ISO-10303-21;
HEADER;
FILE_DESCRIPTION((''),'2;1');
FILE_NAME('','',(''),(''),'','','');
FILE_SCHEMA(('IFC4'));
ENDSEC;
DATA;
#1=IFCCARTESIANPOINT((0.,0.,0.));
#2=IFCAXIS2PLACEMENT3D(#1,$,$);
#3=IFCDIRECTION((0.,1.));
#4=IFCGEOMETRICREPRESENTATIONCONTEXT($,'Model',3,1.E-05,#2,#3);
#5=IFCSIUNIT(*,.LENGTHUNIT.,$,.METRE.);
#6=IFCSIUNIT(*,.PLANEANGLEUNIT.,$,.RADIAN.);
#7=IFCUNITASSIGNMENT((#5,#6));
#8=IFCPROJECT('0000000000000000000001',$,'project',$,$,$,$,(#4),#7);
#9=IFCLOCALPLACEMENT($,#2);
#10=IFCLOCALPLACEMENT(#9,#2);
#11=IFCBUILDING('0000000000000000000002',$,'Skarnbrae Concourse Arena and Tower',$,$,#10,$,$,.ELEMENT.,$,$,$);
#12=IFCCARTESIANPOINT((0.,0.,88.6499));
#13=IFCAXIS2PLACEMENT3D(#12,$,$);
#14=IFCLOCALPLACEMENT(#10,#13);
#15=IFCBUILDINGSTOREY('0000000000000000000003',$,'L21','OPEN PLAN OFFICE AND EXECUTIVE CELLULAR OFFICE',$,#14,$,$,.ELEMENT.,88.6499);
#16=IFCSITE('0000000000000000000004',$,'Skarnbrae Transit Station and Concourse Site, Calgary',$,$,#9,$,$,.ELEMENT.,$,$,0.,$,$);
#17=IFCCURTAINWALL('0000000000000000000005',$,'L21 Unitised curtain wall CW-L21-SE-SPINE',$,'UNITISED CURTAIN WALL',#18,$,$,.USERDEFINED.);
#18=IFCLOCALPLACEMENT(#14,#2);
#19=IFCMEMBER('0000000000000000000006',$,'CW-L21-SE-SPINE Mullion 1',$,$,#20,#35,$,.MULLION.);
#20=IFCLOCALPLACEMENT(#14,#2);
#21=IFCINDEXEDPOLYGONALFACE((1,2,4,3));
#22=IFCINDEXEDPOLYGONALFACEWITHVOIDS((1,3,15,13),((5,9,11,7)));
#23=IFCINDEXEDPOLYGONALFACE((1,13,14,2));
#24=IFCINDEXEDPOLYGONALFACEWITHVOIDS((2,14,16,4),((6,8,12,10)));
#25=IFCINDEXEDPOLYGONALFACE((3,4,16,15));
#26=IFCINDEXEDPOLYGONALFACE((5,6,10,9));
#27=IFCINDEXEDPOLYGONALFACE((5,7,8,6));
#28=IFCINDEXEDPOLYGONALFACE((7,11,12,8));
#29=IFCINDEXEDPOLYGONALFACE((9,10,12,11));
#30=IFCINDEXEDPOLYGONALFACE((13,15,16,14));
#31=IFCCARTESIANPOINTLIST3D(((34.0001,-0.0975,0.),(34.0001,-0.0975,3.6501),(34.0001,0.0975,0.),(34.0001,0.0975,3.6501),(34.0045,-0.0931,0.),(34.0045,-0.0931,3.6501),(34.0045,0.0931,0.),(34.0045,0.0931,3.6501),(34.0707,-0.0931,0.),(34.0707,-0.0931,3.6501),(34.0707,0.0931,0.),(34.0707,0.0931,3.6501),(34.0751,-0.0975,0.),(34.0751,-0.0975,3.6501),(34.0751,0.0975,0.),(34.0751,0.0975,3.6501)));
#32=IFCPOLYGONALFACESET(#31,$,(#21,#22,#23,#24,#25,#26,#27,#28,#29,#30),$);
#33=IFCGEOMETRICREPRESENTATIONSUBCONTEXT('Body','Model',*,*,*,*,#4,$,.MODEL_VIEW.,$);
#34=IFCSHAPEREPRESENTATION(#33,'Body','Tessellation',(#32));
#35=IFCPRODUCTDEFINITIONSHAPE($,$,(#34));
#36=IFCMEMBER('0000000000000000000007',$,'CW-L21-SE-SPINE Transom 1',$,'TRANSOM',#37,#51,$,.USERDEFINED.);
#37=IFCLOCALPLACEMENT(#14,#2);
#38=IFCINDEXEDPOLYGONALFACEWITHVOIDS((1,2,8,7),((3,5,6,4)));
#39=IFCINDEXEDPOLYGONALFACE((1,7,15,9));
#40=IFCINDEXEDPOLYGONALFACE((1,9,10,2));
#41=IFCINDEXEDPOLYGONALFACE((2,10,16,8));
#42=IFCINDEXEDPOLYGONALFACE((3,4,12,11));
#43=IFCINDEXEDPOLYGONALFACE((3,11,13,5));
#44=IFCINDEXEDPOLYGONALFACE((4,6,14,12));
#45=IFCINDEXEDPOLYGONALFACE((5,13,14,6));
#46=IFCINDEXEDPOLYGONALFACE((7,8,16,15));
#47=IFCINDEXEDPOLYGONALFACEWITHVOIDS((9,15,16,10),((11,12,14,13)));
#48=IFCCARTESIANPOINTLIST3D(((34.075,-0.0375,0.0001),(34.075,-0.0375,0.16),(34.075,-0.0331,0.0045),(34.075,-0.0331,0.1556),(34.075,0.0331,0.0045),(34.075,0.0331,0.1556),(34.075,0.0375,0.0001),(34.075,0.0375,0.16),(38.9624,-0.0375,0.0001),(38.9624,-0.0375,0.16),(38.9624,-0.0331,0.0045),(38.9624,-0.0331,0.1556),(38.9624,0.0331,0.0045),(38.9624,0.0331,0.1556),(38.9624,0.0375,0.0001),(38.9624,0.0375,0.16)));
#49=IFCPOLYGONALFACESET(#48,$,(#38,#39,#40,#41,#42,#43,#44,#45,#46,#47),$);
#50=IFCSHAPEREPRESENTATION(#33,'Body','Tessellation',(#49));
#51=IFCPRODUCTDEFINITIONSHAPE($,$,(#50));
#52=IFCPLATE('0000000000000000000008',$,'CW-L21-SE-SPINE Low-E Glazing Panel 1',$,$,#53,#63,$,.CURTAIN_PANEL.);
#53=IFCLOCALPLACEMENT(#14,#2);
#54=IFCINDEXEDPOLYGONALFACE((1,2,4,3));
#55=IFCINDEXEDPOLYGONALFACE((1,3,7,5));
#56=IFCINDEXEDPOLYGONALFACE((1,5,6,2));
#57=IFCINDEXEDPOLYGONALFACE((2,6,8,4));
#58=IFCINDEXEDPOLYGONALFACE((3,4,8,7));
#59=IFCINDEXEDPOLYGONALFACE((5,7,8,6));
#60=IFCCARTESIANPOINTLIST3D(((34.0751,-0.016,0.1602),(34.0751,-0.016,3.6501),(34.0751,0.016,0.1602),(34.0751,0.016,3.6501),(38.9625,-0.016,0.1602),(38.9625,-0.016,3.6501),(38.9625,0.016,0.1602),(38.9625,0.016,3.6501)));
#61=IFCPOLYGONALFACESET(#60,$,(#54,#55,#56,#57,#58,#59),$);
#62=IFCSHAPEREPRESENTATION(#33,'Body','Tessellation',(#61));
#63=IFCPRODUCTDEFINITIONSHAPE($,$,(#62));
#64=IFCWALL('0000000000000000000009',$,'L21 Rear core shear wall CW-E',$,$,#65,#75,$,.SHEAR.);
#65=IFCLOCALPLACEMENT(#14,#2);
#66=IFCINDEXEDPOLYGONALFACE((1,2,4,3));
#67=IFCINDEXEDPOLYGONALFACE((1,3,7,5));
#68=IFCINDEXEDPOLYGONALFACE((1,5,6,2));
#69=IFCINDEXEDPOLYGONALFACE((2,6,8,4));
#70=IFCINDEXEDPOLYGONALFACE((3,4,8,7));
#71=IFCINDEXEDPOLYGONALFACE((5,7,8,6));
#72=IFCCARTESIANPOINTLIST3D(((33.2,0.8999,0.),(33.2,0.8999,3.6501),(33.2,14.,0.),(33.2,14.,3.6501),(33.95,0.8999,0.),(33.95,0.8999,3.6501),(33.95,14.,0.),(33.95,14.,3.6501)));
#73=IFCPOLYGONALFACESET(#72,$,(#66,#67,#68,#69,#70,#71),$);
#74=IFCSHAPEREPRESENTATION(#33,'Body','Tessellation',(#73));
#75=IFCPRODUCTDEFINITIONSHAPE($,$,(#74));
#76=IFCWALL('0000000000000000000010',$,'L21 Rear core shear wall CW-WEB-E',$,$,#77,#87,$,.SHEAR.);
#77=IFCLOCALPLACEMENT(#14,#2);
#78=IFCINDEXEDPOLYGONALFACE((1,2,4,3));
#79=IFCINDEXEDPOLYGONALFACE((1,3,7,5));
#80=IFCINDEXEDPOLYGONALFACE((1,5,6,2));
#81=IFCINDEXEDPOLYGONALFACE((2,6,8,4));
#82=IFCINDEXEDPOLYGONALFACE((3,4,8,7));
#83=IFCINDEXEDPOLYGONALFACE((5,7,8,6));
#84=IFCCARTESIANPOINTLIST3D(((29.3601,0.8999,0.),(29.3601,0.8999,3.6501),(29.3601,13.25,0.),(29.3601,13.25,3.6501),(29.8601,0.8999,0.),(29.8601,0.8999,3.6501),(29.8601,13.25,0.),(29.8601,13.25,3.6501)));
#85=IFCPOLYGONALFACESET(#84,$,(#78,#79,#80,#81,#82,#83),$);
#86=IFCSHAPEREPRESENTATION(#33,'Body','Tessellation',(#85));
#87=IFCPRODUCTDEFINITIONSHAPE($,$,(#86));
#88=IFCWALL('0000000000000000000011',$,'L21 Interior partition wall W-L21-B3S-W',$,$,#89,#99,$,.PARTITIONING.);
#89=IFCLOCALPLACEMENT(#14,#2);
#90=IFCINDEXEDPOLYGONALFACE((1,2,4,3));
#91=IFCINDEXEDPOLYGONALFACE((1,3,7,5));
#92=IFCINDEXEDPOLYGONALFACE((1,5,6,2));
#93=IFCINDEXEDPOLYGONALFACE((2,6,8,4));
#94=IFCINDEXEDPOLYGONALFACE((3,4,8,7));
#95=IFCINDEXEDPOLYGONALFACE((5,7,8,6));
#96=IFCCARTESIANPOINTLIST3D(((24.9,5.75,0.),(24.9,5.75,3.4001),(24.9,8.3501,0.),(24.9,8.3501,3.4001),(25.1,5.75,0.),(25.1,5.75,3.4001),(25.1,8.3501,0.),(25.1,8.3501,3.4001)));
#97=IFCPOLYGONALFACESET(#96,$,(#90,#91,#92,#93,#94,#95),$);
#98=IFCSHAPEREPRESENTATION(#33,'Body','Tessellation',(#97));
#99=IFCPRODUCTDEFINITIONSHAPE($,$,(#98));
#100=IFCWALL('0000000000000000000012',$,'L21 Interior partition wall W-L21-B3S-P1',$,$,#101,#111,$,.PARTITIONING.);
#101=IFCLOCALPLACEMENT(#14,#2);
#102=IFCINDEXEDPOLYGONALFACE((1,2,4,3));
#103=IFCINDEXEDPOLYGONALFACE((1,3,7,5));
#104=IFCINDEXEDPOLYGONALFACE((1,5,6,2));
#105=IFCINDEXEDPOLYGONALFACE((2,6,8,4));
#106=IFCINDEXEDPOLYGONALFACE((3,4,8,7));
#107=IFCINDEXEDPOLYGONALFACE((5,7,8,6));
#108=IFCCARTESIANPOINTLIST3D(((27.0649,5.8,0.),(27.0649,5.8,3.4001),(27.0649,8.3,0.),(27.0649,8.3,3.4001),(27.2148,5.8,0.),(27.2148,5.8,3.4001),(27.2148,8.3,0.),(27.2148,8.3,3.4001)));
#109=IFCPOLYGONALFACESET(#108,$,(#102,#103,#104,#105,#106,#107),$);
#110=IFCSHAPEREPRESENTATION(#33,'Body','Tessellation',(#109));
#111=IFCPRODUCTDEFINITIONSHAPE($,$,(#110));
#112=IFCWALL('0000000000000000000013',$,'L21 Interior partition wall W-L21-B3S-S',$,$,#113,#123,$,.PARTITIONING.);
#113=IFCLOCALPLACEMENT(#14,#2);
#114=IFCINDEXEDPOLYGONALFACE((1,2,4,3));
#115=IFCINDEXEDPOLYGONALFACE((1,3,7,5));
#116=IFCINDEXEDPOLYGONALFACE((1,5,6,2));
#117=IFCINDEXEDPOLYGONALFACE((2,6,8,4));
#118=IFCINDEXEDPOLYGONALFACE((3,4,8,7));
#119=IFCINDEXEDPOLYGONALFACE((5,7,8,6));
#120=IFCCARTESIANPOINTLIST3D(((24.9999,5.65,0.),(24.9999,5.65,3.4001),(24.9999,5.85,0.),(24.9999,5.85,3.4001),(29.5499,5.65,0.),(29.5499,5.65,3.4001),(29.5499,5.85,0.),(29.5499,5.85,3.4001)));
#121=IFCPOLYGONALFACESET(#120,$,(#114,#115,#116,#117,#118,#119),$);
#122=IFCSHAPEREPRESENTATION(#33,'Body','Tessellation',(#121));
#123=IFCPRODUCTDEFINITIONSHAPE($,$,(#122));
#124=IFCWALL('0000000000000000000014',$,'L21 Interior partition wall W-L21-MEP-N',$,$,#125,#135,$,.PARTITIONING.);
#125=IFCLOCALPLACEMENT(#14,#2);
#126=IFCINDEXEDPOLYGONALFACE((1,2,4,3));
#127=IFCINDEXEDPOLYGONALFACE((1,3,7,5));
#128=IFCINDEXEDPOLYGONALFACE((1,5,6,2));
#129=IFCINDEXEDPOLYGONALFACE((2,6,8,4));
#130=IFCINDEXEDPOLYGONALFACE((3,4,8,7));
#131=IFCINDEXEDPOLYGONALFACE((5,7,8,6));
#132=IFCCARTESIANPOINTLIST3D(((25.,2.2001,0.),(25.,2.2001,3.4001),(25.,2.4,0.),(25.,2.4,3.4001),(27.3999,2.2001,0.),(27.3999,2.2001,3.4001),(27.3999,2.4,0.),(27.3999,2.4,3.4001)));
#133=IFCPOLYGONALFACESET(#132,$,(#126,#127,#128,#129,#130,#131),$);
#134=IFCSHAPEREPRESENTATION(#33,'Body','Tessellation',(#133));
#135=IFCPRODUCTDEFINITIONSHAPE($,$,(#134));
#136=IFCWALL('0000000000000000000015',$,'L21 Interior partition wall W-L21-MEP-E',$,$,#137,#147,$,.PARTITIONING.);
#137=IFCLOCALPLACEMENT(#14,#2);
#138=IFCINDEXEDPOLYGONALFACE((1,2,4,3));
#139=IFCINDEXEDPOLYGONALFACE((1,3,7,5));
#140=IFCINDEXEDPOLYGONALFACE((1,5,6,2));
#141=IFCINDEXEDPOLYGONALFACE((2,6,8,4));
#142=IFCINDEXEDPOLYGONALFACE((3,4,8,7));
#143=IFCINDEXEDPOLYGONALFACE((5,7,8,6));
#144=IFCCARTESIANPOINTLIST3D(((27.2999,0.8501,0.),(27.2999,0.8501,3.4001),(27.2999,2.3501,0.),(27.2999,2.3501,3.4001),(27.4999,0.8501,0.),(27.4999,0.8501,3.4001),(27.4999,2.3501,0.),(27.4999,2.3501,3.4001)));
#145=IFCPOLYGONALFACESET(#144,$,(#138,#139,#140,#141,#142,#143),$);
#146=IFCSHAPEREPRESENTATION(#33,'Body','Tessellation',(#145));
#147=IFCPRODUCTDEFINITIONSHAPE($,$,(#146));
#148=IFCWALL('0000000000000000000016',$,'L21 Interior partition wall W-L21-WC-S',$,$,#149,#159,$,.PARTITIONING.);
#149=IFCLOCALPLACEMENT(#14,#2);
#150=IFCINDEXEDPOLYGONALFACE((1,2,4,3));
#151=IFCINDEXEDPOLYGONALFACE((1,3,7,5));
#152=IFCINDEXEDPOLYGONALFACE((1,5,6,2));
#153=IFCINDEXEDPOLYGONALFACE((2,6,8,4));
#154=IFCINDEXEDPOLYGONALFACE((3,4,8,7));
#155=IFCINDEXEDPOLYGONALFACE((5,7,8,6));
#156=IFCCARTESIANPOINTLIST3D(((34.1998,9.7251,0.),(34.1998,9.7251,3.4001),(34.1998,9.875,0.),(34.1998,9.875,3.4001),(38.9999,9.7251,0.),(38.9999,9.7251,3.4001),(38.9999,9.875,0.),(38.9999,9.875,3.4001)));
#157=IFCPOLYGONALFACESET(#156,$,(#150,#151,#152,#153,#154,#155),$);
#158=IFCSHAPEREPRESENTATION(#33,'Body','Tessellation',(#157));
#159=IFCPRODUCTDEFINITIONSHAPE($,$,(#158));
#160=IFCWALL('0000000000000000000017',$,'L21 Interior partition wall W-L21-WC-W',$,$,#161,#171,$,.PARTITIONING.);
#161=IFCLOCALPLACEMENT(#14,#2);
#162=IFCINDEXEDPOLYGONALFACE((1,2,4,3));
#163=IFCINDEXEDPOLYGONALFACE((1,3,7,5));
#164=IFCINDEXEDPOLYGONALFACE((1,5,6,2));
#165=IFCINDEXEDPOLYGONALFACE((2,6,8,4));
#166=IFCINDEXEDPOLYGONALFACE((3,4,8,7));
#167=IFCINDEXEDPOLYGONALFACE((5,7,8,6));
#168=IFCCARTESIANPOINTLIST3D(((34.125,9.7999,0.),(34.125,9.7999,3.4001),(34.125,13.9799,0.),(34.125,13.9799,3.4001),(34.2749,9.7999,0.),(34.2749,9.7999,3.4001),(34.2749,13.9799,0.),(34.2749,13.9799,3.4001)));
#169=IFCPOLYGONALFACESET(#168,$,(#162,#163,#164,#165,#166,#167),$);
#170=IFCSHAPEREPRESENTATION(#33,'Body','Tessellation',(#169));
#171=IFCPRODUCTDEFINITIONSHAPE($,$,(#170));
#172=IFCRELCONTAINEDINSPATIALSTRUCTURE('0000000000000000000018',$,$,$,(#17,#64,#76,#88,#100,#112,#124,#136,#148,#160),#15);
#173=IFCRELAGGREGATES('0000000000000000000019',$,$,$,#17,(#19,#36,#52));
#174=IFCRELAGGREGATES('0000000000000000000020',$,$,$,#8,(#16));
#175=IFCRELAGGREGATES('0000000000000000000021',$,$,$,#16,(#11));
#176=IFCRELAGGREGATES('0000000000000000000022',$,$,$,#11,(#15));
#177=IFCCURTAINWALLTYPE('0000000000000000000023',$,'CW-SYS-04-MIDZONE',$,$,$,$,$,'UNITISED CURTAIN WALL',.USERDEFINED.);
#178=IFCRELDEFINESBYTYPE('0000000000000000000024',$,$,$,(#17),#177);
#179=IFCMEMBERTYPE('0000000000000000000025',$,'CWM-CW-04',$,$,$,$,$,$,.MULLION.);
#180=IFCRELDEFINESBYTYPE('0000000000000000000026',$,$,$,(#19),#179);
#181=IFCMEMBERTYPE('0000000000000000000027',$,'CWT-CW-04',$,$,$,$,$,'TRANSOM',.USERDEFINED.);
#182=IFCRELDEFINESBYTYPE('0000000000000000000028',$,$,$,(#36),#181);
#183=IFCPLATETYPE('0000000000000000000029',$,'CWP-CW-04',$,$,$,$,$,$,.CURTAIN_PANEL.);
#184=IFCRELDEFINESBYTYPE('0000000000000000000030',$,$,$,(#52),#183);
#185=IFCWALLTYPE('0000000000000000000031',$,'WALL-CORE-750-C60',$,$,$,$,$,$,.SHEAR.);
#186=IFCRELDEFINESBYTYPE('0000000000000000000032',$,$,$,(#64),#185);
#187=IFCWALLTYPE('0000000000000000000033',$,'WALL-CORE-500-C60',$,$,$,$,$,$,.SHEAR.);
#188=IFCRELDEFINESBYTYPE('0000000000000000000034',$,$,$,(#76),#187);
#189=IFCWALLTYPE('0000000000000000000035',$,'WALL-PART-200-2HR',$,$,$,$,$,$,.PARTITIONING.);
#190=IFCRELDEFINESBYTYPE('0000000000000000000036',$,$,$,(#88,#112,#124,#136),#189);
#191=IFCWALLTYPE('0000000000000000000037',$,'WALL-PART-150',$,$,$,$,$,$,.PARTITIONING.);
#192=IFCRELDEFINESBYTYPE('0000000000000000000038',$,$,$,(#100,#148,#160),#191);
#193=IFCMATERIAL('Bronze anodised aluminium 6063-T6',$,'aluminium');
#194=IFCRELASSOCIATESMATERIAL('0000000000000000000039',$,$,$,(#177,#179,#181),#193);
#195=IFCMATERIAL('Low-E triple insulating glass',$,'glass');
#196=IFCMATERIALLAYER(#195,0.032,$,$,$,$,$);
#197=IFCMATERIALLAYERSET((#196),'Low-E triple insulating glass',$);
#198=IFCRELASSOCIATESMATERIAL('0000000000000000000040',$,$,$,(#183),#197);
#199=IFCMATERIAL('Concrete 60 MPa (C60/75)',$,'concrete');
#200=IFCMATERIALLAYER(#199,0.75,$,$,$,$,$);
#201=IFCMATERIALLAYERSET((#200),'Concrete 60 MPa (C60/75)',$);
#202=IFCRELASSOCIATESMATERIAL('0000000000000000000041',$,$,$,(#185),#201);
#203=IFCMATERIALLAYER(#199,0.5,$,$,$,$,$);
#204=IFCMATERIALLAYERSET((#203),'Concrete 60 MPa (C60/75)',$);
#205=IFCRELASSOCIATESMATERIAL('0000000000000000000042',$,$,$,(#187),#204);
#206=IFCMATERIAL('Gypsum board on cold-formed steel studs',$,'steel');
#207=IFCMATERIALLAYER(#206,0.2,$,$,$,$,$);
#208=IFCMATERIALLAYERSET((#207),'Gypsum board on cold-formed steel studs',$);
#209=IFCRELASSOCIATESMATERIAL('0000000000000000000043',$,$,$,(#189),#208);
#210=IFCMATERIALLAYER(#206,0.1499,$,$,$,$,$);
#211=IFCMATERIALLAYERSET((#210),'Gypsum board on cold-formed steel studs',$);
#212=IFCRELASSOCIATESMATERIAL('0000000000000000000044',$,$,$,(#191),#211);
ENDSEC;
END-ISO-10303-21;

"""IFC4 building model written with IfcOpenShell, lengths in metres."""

from ifc_helpers import new_model, si_unit, direction, frame, frame_2d, origin, origin_2d, place, context, subcontext, project, spatial, rectangle, hollow_rectangle, extrude, source, transform, mapped, material, layer, layer_set, material_profile, profile_set, type_object, element, aggregate, save


model = new_model("IFC4")

# Units and contexts
model_context = context("Model", 3, precision=1e-05, world=origin(), true_north=direction((0.0, 1.0)))
body_context = subcontext(model_context, "Body", "Model", "MODEL_VIEW")
ifc_project = project(units=[si_unit("LENGTHUNIT", "METRE"), si_unit("PLANEANGLEUNIT", "RADIAN")], contexts=[model_context])

# Site, building, storey
site_placement = place(None, origin())
site = spatial("IfcSite", under=ifc_project, at=site_placement, Name="Skarnbrae Transit Station and Concourse Site, Calgary", CompositionType="ELEMENT", RefElevation=0.0)
building_placement = place(site_placement, origin())
building = spatial("IfcBuilding", under=site, at=building_placement, Name="Skarnbrae Concourse Arena and Tower", CompositionType="ELEMENT")
storey_placement = place(building_placement, frame((0.0, 0.0, 88.6499)))
storey = spatial("IfcBuildingStorey", under=building, at=storey_placement, Name="L21", Description="OPEN PLAN OFFICE AND EXECUTIVE CELLULAR OFFICE", CompositionType="ELEMENT", Elevation=88.6499)

# Curtain wall, members, plate
ifc_material_1 = material(Name="Bronze anodised aluminium 6063-T6", Category="aluminium")
curtain_wall_type = type_object("IfcCurtainWallType", Name="CW-SYS-04-MIDZONE", ElementType="UNITISED CURTAIN WALL", PredefinedType="USERDEFINED", material=ifc_material_1)
curtain_wall_placement = place(storey_placement, origin())
curtain_wall = element("IfcCurtainWall", 1, at=curtain_wall_placement, inside=storey, type_object=curtain_wall_type, Name="L21 Unitised curtain wall CW-L21-SE-SPINE", ObjectType="UNITISED CURTAIN WALL", PredefinedType="USERDEFINED")
ifc_material_profile_1 = material_profile(ifc_material_1, hollow_rectangle(XDim=0.075, YDim=0.1951, WallThickness=0.0044, at=origin_2d()), Name="ALU-MULL-75X195")
ifc_profile_set_1 = profile_set([ifc_material_profile_1], Name="Bronze anodised aluminium 6063-T6")
member_type_1 = type_object("IfcMemberType", Name="CWM-CW-04", PredefinedType="MULLION", material=ifc_profile_set_1)
shared_shape_1 = source(origin(), body_context, "Body", "SweptSolid", [
    extrude(hollow_rectangle(XDim=0.075, YDim=0.1951, WallThickness=0.0044, at=origin_2d()), origin(), (0.0, 0.0, 1.0), 3.6501),
])
member_1_placement = place(storey_placement, frame((34.0376, 0.0, 0.0), z_axis=(0.0, 0.0, 1.0), x_axis=(1.0, 0.0, 0.0)))
member_1 = element("IfcMember", 2, at=member_1_placement, type_object=member_type_1, Name="CW-L21-SE-SPINE Mullion 1", PredefinedType="MULLION", context=body_context, shape_type="MappedRepresentation", body=[
    mapped(shared_shape_1, transform((0.0, 0.0, 0.0))),
])
ifc_material_profile_2 = material_profile(ifc_material_1, hollow_rectangle(XDim=0.075, YDim=0.1599, WallThickness=0.0044, at=origin_2d()), Name="ALU-TRAN-75X160")
ifc_profile_set_2 = profile_set([ifc_material_profile_2], Name="Bronze anodised aluminium 6063-T6")
member_type_2 = type_object("IfcMemberType", Name="CWT-CW-04", ElementType="TRANSOM", PredefinedType="USERDEFINED", material=ifc_profile_set_2)
shared_shape_2 = source(origin(), body_context, "Body", "SweptSolid", [
    extrude(hollow_rectangle(XDim=0.075, YDim=0.1599, WallThickness=0.0044, at=origin_2d()), origin(), (0.0, 0.0, 1.0), 4.8875),
])
member_2_placement = place(storey_placement, frame((34.075, 0.0, 0.0801), z_axis=(1.0, 0.0, 0.0), x_axis=(0.0, 1.0, 0.0)))
member_2 = element("IfcMember", 3, at=member_2_placement, type_object=member_type_2, Name="CW-L21-SE-SPINE Transom 1", ObjectType="TRANSOM", PredefinedType="USERDEFINED", context=body_context, shape_type="MappedRepresentation", body=[
    mapped(shared_shape_2, transform((0.0, 0.0, 0.0))),
])
ifc_material_2 = material(Name="Low-E triple insulating glass", Category="glass")
ifc_layer_1 = layer(ifc_material_2, 0.032)
ifc_layer_set_1 = layer_set([ifc_layer_1], Name="Low-E triple insulating glass")
plate_type = type_object("IfcPlateType", Name="CWP-CW-04", PredefinedType="CURTAIN_PANEL", material=ifc_layer_set_1)
shared_shape_3 = source(origin(), body_context, "Body", "SweptSolid", [
    extrude(rectangle(XDim=4.8875, YDim=0.032, at=origin_2d()), origin(), (0.0, 0.0, 1.0), 3.49),
])
plate_placement = place(storey_placement, frame((36.5188, 0.0, 0.1602), z_axis=(0.0, 0.0, 1.0), x_axis=(1.0, 0.0, 0.0)))
plate = element("IfcPlate", 4, at=plate_placement, type_object=plate_type, Name="CW-L21-SE-SPINE Low-E Glazing Panel 1", PredefinedType="CURTAIN_PANEL", context=body_context, shape_type="MappedRepresentation", body=[
    mapped(shared_shape_3, transform((0.0, 0.0, 0.0))),
])
aggregate(curtain_wall, [member_1, member_2, plate])

# Walls
ifc_material_3 = material(Name="Concrete 60 MPa (C60/75)", Category="concrete")
ifc_layer_2 = layer(ifc_material_3, 0.75)
ifc_layer_set_2 = layer_set([ifc_layer_2], Name="Concrete 60 MPa (C60/75)")
wall_type_1 = type_object("IfcWallType", Name="WALL-CORE-750-C60", PredefinedType="SHEAR", material=ifc_layer_set_2)
shared_shape_4 = source(origin(), body_context, "Body", "SweptSolid", [
    extrude(rectangle(XDim=13.1001, YDim=0.75, at=frame_2d((6.55, 0.0))), origin(), (0.0, 0.0, 1.0), 3.6501),
])
wall_1_placement = place(storey_placement, frame((33.575, 0.8999, 0.0), z_axis=(0.0, 0.0, 1.0), x_axis=(0.0, 1.0, 0.0)))
element("IfcWall", 5, at=wall_1_placement, inside=storey, type_object=wall_type_1, Name="L21 Rear core shear wall CW-E", PredefinedType="SHEAR", context=body_context, shape_type="MappedRepresentation", body=[
    mapped(shared_shape_4, transform((0.0, 0.0, 0.0))),
])
ifc_layer_3 = layer(ifc_material_3, 0.5)
ifc_layer_set_3 = layer_set([ifc_layer_3], Name="Concrete 60 MPa (C60/75)")
wall_type_2 = type_object("IfcWallType", Name="WALL-CORE-500-C60", PredefinedType="SHEAR", material=ifc_layer_set_3)
shared_shape_5 = source(origin(), body_context, "Body", "SweptSolid", [
    extrude(rectangle(XDim=12.3501, YDim=0.5, at=frame_2d((6.175, 0.0))), origin(), (0.0, 0.0, 1.0), 3.6501),
])
wall_2_placement = place(storey_placement, frame((29.6101, 0.8999, 0.0), z_axis=(0.0, 0.0, 1.0), x_axis=(0.0, 1.0, 0.0)))
element("IfcWall", 6, at=wall_2_placement, inside=storey, type_object=wall_type_2, Name="L21 Rear core shear wall CW-WEB-E", PredefinedType="SHEAR", context=body_context, shape_type="MappedRepresentation", body=[
    mapped(shared_shape_5, transform((0.0, 0.0, 0.0))),
])
ifc_material_4 = material(Name="Gypsum board on cold-formed steel studs", Category="steel")
ifc_layer_4 = layer(ifc_material_4, 0.2)
ifc_layer_set_4 = layer_set([ifc_layer_4], Name="Gypsum board on cold-formed steel studs")
wall_type_3 = type_object("IfcWallType", Name="WALL-PART-200-2HR", PredefinedType="PARTITIONING", material=ifc_layer_set_4)
shared_shape_6 = source(origin(), body_context, "Body", "SweptSolid", [
    extrude(rectangle(XDim=2.6001, YDim=0.2, at=frame_2d((1.3, 0.0))), origin(), (0.0, 0.0, 1.0), 3.4001),
])
wall_3_placement = place(storey_placement, frame((25.0, 5.75, 0.0), z_axis=(0.0, 0.0, 1.0), x_axis=(0.0, 1.0, 0.0)))
element("IfcWall", 7, at=wall_3_placement, inside=storey, type_object=wall_type_3, Name="L21 Interior partition wall W-L21-B3S-W", PredefinedType="PARTITIONING", context=body_context, shape_type="MappedRepresentation", body=[
    mapped(shared_shape_6, transform((0.0, 0.0, 0.0))),
])
ifc_layer_5 = layer(ifc_material_4, 0.1499)
ifc_layer_set_5 = layer_set([ifc_layer_5], Name="Gypsum board on cold-formed steel studs")
wall_type_4 = type_object("IfcWallType", Name="WALL-PART-150", PredefinedType="PARTITIONING", material=ifc_layer_set_5)
shared_shape_7 = source(origin(), body_context, "Body", "SweptSolid", [
    extrude(rectangle(XDim=2.5, YDim=0.1499, at=frame_2d((1.25, 0.0))), origin(), (0.0, 0.0, 1.0), 3.4001),
])
wall_4_placement = place(storey_placement, frame((27.1399, 5.8, 0.0), z_axis=(0.0, 0.0, 1.0), x_axis=(0.0, 1.0, 0.0)))
element("IfcWall", 8, at=wall_4_placement, inside=storey, type_object=wall_type_4, Name="L21 Interior partition wall W-L21-B3S-P1", PredefinedType="PARTITIONING", context=body_context, shape_type="MappedRepresentation", body=[
    mapped(shared_shape_7, transform((0.0, 0.0, 0.0))),
])
shared_shape_8 = source(origin(), body_context, "Body", "SweptSolid", [
    extrude(rectangle(XDim=4.55, YDim=0.2, at=frame_2d((2.2749, 0.0))), origin(), (0.0, 0.0, 1.0), 3.4001),
])
wall_5_placement = place(storey_placement, frame((25.0, 5.75, 0.0), z_axis=(0.0, 0.0, 1.0), x_axis=(1.0, 0.0, 0.0)))
element("IfcWall", 9, at=wall_5_placement, inside=storey, type_object=wall_type_3, Name="L21 Interior partition wall W-L21-B3S-S", PredefinedType="PARTITIONING", context=body_context, shape_type="MappedRepresentation", body=[
    mapped(shared_shape_8, transform((0.0, 0.0, 0.0))),
])

# Walls
shared_shape_9 = source(origin(), body_context, "Body", "SweptSolid", [
    extrude(rectangle(XDim=2.3999, YDim=0.2, at=frame_2d((1.2, 0.0))), origin(), (0.0, 0.0, 1.0), 3.4001),
])
wall_6_placement = place(storey_placement, frame((25.0, 2.3, 0.0), z_axis=(0.0, 0.0, 1.0), x_axis=(1.0, 0.0, 0.0)))
element("IfcWall", 10, at=wall_6_placement, inside=storey, type_object=wall_type_3, Name="L21 Interior partition wall W-L21-MEP-N", PredefinedType="PARTITIONING", context=body_context, shape_type="MappedRepresentation", body=[
    mapped(shared_shape_9, transform((0.0, 0.0, 0.0))),
])
shared_shape_10 = source(origin(), body_context, "Body", "SweptSolid", [
    extrude(rectangle(XDim=1.5, YDim=0.2, at=frame_2d((0.75, 0.0))), origin(), (0.0, 0.0, 1.0), 3.4001),
])
wall_7_placement = place(storey_placement, frame((27.3999, 0.8501, 0.0), z_axis=(0.0, 0.0, 1.0), x_axis=(0.0, 1.0, 0.0)))
element("IfcWall", 11, at=wall_7_placement, inside=storey, type_object=wall_type_3, Name="L21 Interior partition wall W-L21-MEP-E", PredefinedType="PARTITIONING", context=body_context, shape_type="MappedRepresentation", body=[
    mapped(shared_shape_10, transform((0.0, 0.0, 0.0))),
])
shared_shape_11 = source(origin(), body_context, "Body", "SweptSolid", [
    extrude(rectangle(XDim=4.8, YDim=0.1499, at=frame_2d((2.3999, 0.0))), origin(), (0.0, 0.0, 1.0), 3.4001),
])
wall_8_placement = place(storey_placement, frame((34.2, 9.8, 0.0), z_axis=(0.0, 0.0, 1.0), x_axis=(1.0, 0.0, 0.0)))
element("IfcWall", 12, at=wall_8_placement, inside=storey, type_object=wall_type_4, Name="L21 Interior partition wall W-L21-WC-S", PredefinedType="PARTITIONING", context=body_context, shape_type="MappedRepresentation", body=[
    mapped(shared_shape_11, transform((0.0, 0.0, 0.0))),
])
shared_shape_12 = source(origin(), body_context, "Body", "SweptSolid", [
    extrude(rectangle(XDim=4.1799, YDim=0.1499, at=frame_2d((2.0898, 0.0))), origin(), (0.0, 0.0, 1.0), 3.4001),
])
wall_9_placement = place(storey_placement, frame((34.2, 9.8, 0.0), z_axis=(0.0, 0.0, 1.0), x_axis=(0.0, 1.0, 0.0)))
element("IfcWall", 13, at=wall_9_placement, inside=storey, type_object=wall_type_4, Name="L21 Interior partition wall W-L21-WC-W", PredefinedType="PARTITIONING", context=body_context, shape_type="MappedRepresentation", body=[
    mapped(shared_shape_12, transform((0.0, 0.0, 0.0))),
])

save(model, "model.ifc")
